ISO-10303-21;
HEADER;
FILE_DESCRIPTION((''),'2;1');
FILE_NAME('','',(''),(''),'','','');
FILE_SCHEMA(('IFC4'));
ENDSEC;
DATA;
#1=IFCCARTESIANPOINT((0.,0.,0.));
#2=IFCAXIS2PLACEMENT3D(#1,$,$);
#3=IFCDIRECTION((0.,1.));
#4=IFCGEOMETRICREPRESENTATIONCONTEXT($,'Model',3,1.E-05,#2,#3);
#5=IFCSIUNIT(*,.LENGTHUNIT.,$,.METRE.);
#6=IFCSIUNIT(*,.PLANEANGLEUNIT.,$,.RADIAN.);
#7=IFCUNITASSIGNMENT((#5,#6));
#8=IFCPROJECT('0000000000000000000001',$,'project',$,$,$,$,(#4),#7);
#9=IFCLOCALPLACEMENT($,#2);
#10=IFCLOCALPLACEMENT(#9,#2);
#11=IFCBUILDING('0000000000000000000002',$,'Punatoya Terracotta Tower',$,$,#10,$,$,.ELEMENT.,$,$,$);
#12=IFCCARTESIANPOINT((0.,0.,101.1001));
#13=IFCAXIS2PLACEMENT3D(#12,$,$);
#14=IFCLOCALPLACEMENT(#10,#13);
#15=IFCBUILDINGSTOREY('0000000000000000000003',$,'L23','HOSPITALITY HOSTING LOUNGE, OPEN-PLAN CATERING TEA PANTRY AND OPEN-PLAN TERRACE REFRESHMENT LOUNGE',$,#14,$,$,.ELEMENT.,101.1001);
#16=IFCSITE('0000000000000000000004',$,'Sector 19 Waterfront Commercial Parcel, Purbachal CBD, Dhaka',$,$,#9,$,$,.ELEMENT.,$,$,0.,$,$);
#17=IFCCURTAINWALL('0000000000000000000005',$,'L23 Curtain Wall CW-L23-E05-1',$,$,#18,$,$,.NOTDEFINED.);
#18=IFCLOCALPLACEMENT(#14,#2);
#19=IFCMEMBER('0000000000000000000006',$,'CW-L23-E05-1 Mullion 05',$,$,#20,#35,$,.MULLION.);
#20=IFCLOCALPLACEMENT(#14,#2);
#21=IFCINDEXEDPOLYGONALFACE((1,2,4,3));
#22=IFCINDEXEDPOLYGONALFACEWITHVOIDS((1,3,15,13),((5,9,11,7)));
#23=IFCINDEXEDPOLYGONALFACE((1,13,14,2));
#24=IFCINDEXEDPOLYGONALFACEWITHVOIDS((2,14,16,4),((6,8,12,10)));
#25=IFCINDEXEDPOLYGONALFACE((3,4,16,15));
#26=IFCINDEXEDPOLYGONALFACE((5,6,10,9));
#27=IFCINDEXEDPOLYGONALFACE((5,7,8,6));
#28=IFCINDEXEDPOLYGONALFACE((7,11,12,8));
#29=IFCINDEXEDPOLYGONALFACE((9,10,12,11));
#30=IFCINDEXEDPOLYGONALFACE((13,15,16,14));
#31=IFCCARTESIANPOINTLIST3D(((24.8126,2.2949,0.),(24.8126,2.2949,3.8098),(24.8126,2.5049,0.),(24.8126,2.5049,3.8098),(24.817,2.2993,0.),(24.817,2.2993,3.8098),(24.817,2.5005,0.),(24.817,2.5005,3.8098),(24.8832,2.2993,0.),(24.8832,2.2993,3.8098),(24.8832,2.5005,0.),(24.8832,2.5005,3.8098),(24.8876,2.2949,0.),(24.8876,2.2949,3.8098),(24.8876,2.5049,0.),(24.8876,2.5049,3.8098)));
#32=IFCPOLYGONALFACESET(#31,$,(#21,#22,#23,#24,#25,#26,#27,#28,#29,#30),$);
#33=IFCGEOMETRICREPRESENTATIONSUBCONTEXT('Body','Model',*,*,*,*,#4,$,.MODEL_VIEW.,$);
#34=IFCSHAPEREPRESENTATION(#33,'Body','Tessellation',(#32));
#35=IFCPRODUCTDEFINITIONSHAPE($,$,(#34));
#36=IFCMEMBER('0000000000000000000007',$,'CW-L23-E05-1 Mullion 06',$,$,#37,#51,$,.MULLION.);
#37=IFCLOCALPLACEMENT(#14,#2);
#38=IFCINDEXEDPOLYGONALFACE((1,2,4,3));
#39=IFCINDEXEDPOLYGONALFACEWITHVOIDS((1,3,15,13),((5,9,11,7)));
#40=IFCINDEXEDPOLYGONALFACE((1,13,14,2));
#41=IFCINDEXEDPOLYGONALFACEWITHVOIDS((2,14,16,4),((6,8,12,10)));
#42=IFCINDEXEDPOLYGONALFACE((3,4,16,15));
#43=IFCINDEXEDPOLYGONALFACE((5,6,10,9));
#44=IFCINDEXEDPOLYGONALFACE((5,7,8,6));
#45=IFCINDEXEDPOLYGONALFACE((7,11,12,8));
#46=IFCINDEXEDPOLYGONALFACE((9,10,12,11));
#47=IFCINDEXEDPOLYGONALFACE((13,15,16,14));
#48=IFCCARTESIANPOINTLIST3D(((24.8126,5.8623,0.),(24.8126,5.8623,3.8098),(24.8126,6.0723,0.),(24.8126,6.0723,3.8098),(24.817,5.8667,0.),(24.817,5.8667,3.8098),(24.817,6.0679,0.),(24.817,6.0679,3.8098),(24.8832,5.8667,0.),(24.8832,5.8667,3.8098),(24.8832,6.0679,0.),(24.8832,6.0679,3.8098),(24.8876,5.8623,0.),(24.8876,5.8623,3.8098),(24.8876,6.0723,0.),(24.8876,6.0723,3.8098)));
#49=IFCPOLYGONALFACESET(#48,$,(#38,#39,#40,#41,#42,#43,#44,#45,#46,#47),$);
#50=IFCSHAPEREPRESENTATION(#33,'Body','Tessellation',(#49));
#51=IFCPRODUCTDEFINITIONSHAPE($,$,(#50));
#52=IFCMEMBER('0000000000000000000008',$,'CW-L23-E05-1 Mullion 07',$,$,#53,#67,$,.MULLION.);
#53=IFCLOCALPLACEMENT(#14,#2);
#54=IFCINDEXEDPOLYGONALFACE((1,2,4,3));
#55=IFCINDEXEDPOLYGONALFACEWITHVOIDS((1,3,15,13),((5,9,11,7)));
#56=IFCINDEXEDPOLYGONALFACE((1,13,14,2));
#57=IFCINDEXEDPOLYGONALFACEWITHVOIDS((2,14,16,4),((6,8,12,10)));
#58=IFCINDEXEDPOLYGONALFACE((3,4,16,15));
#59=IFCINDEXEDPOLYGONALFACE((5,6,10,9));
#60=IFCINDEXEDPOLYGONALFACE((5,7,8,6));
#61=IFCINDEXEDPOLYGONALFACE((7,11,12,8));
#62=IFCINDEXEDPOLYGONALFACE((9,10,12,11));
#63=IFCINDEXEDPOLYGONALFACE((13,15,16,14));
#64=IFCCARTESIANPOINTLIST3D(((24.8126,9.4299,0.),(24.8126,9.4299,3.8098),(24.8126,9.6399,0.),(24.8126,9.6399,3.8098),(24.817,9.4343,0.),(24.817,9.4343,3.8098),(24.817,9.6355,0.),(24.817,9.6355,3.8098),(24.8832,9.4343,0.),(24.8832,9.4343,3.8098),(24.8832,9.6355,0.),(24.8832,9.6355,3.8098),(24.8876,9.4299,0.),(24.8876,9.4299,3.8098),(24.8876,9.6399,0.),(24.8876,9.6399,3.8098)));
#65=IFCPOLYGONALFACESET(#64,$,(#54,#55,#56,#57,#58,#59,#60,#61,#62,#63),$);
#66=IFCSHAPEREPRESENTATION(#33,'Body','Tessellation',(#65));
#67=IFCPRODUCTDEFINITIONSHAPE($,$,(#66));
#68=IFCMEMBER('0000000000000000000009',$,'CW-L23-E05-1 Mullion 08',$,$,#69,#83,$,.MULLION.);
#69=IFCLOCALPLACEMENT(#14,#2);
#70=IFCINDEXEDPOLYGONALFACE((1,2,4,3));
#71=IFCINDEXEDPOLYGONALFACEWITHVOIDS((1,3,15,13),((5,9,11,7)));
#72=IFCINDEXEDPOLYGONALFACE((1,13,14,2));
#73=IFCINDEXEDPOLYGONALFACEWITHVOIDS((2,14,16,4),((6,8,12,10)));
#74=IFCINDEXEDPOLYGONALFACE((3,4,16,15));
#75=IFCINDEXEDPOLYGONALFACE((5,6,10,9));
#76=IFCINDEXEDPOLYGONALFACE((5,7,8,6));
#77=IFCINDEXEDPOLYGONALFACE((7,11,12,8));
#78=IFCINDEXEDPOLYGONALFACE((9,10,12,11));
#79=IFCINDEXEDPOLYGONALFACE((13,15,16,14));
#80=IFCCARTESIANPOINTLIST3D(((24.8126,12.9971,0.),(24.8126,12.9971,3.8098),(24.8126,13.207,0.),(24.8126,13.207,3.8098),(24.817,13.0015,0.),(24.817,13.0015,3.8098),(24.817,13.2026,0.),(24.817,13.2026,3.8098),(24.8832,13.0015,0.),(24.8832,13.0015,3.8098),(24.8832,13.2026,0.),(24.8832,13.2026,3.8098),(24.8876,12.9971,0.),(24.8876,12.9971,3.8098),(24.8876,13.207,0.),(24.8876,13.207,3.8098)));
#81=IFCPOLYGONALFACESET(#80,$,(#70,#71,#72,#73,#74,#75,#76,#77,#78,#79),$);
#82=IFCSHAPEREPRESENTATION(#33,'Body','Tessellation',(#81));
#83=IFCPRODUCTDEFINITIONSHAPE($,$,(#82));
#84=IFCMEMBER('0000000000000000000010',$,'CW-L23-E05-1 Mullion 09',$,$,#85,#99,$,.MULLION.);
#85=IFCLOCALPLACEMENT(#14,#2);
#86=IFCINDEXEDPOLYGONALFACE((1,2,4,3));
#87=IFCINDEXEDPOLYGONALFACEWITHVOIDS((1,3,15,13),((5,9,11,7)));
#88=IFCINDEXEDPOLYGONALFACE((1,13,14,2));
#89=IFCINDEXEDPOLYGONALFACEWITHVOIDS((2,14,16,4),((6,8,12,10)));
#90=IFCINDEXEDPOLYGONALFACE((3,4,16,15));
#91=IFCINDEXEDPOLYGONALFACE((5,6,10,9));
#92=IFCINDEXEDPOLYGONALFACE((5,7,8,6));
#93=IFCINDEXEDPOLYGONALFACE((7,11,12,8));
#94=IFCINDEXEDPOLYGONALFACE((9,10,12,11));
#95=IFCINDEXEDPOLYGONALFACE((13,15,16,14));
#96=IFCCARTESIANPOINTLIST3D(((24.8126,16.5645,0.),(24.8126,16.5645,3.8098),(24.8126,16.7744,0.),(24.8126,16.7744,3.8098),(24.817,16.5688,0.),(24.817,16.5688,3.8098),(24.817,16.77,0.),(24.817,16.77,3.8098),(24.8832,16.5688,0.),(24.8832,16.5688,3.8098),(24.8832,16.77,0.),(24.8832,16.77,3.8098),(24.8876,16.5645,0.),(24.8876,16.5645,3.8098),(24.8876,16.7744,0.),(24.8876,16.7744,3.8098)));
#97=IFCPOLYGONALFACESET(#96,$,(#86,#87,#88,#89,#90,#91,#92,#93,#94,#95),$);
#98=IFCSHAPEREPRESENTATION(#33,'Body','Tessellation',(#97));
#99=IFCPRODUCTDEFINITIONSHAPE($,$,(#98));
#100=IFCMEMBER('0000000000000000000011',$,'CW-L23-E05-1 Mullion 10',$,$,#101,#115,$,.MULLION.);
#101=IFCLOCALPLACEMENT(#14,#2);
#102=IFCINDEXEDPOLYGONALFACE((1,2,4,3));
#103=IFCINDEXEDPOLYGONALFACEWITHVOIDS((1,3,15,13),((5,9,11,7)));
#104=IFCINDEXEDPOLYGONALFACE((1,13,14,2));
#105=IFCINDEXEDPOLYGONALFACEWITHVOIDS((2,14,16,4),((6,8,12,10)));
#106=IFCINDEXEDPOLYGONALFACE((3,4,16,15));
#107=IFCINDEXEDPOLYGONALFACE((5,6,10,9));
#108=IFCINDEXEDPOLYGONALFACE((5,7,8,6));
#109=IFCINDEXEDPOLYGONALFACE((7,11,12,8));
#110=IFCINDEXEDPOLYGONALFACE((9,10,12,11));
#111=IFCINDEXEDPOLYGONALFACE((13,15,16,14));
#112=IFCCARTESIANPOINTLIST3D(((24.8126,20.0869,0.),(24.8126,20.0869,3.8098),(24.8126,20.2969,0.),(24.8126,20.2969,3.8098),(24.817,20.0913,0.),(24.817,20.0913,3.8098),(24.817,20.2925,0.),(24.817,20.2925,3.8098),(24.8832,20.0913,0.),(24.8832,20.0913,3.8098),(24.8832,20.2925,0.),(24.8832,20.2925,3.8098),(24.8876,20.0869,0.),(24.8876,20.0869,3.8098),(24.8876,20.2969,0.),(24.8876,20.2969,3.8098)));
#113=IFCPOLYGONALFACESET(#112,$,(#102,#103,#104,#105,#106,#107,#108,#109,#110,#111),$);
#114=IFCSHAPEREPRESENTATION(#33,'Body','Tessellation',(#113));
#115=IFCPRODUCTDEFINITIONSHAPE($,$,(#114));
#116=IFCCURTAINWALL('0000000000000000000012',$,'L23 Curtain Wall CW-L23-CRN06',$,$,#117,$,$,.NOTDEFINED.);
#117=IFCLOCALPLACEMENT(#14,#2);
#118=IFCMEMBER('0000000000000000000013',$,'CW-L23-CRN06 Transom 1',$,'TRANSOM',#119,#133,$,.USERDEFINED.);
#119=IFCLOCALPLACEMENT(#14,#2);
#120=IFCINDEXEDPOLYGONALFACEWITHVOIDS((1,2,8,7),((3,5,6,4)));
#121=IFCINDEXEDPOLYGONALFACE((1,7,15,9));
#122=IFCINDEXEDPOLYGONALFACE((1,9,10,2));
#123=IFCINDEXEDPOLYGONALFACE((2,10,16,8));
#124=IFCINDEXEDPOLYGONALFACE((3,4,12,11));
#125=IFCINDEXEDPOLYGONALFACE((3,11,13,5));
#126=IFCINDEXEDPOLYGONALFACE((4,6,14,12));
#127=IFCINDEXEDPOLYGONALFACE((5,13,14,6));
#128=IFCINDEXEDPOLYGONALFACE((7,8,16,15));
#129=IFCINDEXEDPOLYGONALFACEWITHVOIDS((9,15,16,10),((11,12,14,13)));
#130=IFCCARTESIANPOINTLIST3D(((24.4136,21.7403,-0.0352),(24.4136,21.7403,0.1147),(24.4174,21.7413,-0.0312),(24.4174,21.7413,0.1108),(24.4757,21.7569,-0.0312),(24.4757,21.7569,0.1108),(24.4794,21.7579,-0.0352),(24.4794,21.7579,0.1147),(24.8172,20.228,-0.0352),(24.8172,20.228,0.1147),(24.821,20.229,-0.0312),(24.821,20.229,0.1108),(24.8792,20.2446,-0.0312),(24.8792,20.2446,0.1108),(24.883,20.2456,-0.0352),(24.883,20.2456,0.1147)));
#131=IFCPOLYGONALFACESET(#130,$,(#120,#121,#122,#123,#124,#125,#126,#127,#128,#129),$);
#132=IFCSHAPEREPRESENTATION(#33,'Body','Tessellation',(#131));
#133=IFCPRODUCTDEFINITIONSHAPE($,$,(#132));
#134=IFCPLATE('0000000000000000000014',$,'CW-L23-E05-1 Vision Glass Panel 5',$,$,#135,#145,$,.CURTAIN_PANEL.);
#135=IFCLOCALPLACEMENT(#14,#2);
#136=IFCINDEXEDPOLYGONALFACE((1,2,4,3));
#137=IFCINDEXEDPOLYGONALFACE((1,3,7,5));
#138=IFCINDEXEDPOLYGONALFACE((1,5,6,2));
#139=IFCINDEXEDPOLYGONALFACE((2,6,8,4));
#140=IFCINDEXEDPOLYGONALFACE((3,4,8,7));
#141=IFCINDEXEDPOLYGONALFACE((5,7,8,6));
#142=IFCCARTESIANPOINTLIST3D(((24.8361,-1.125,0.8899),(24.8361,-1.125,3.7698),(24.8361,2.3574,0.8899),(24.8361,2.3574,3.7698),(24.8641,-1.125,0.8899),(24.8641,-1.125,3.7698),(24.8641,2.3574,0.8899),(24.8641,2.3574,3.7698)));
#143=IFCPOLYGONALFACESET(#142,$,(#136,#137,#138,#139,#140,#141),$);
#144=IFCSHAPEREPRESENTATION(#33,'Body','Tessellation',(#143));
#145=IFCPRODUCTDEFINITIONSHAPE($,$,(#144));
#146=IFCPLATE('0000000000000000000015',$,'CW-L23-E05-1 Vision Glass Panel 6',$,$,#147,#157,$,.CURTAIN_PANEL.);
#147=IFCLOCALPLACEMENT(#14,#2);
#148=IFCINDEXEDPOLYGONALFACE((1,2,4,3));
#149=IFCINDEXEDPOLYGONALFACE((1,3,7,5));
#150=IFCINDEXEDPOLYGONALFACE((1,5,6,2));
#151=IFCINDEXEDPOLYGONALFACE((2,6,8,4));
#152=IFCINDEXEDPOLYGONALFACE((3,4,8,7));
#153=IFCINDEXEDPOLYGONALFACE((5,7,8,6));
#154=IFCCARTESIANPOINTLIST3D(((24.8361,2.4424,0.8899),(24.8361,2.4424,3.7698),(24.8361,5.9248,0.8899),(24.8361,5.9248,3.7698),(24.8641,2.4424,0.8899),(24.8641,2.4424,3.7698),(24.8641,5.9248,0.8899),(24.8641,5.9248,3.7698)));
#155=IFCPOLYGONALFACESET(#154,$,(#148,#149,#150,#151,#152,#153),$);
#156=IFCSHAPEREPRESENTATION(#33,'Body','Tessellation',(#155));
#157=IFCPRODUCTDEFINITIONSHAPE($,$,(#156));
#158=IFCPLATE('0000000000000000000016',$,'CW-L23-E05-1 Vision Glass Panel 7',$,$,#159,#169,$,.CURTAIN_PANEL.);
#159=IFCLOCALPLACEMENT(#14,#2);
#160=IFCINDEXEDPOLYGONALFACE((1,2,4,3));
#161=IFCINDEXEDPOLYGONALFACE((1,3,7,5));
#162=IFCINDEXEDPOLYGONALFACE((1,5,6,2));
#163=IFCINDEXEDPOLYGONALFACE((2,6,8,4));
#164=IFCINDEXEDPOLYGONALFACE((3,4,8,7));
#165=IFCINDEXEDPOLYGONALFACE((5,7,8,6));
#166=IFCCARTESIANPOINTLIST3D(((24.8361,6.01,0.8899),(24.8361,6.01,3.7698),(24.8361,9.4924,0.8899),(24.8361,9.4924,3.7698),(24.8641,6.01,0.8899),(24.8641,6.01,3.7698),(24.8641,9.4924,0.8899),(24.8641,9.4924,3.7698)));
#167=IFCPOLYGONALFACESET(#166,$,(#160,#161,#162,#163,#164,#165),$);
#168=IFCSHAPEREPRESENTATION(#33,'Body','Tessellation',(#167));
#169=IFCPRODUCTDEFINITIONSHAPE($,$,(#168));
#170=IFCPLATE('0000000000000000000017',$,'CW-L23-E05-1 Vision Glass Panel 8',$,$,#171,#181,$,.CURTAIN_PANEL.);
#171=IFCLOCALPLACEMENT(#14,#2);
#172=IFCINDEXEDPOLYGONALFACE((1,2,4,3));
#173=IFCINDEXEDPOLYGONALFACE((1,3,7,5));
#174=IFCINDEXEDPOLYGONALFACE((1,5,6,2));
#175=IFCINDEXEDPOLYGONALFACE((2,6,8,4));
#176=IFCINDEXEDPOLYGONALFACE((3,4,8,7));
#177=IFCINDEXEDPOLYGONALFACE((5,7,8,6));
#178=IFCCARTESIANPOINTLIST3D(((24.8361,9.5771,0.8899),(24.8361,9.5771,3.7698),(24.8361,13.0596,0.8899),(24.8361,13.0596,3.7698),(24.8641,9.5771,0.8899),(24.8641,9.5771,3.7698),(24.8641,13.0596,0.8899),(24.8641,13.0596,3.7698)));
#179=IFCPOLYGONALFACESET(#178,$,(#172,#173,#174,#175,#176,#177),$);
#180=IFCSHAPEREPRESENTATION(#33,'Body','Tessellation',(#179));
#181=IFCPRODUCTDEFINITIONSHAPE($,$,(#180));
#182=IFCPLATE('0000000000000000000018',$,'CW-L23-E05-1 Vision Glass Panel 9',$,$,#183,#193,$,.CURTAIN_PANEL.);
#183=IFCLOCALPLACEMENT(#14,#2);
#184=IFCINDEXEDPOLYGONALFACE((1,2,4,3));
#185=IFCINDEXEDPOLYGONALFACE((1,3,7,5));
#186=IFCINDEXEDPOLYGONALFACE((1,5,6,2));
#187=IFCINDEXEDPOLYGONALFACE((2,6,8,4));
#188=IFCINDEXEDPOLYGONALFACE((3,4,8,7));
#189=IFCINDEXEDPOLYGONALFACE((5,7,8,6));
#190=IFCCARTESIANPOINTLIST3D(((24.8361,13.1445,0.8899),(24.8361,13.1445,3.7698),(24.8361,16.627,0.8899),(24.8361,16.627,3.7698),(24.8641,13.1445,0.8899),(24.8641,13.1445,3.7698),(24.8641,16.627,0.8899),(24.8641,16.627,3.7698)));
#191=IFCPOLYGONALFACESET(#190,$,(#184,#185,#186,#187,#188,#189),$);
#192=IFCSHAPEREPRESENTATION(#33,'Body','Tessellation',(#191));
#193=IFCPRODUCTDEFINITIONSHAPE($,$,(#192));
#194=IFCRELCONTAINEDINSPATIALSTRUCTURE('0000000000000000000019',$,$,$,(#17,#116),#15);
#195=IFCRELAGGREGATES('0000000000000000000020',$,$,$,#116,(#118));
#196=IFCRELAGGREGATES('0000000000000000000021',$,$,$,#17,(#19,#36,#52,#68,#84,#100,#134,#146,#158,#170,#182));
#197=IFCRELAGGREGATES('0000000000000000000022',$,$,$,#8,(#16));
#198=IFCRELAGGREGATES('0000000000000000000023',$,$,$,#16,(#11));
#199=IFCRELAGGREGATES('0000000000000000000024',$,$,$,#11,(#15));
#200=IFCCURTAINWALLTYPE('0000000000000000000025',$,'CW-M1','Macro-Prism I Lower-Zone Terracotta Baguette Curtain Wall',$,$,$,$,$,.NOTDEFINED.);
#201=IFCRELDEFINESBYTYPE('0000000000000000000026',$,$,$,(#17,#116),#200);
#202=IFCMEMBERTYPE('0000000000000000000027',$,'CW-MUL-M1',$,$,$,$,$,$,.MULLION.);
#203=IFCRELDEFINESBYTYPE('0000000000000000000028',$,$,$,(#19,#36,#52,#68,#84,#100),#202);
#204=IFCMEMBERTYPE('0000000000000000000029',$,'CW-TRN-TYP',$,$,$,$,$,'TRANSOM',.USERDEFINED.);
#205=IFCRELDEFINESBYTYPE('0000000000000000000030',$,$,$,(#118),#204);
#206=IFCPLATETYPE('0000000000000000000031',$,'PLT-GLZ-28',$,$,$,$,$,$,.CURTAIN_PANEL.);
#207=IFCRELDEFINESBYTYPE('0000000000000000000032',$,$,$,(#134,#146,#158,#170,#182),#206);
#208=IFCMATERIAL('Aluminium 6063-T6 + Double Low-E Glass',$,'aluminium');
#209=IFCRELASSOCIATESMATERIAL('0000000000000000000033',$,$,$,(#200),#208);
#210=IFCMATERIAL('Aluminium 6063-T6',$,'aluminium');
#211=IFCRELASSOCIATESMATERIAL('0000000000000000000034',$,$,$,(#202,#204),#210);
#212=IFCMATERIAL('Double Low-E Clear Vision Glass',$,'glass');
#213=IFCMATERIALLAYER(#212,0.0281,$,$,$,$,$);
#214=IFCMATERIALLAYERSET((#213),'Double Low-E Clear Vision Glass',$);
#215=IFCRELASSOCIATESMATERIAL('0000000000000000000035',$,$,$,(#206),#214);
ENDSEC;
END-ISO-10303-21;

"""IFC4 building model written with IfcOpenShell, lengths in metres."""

from ifc_helpers import new_model, si_unit, direction, frame, origin, origin_2d, place, context, subcontext, project, spatial, rectangle, hollow_rectangle, extrude, material, layer, layer_set, material_profile, profile_set, type_object, element, aggregate, save


model = new_model("IFC4")

# Units and contexts
model_context = context("Model", 3, precision=1e-05, world=origin(), true_north=direction((0.0, 1.0)))
body_context = subcontext(model_context, "Body", "Model", "MODEL_VIEW")
ifc_project = project(units=[si_unit("LENGTHUNIT", "METRE"), si_unit("PLANEANGLEUNIT", "RADIAN")], contexts=[model_context])

# Site, building, storey
site_placement = place(None, origin())
site = spatial("IfcSite", under=ifc_project, at=site_placement, Name="Sector 19 Waterfront Commercial Parcel, Purbachal CBD, Dhaka", CompositionType="ELEMENT", RefElevation=0.0)
building_placement = place(site_placement, origin())
building = spatial("IfcBuilding", under=site, at=building_placement, Name="Punatoya Terracotta Tower", CompositionType="ELEMENT")
storey_placement = place(building_placement, frame((0.0, 0.0, 101.1001)))
storey = spatial("IfcBuildingStorey", under=building, at=storey_placement, Name="L23", Description="HOSPITALITY HOSTING LOUNGE, OPEN-PLAN CATERING TEA PANTRY AND OPEN-PLAN TERRACE REFRESHMENT LOUNGE", CompositionType="ELEMENT", Elevation=101.1001)

# Curtain wall, members
ifc_material_1 = material(Name="Aluminium 6063-T6 + Double Low-E Glass", Category="aluminium")
curtain_wall_type = type_object("IfcCurtainWallType", Name="CW-M1", Description="Macro-Prism I Lower-Zone Terracotta Baguette Curtain Wall", PredefinedType="NOTDEFINED", material=ifc_material_1)
curtain_wall_1_placement = place(storey_placement, origin())
curtain_wall_1 = element("IfcCurtainWall", 1, at=curtain_wall_1_placement, inside=storey, type_object=curtain_wall_type, Name="L23 Curtain Wall CW-L23-E05-1", PredefinedType="NOTDEFINED")
ifc_material_2 = material(Name="Aluminium 6063-T6", Category="aluminium")
ifc_material_profile_1 = material_profile(ifc_material_2, hollow_rectangle(XDim=0.075, YDim=0.21, WallThickness=0.0044, at=origin_2d()))
ifc_profile_set_1 = profile_set([ifc_material_profile_1], Name="Aluminium 6063-T6")
member_type_1 = type_object("IfcMemberType", Name="CW-MUL-M1", PredefinedType="MULLION", material=ifc_profile_set_1)
member_1_placement = place(storey_placement, frame((24.8501, 2.3999, 0.0), z_axis=(0.0, 0.0, 1.0), x_axis=(1.0, 0.0, 0.0)))
member_1 = element("IfcMember", 2, at=member_1_placement, type_object=member_type_1, Name="CW-L23-E05-1 Mullion 05", PredefinedType="MULLION", context=body_context, shape_type="SweptSolid", body=[
    extrude(hollow_rectangle(XDim=0.075, YDim=0.21, WallThickness=0.0044, at=origin_2d()), origin(), (0.0, 0.0, 1.0), 3.8098),
])
member_2_placement = place(storey_placement, frame((24.8501, 5.9673, 0.0), z_axis=(0.0, 0.0, 1.0), x_axis=(1.0, 0.0, 0.0)))
member_2 = element("IfcMember", 3, at=member_2_placement, type_object=member_type_1, Name="CW-L23-E05-1 Mullion 06", PredefinedType="MULLION", context=body_context, shape_type="SweptSolid", body=[
    extrude(hollow_rectangle(XDim=0.075, YDim=0.21, WallThickness=0.0044, at=origin_2d()), origin(), (0.0, 0.0, 1.0), 3.8098),
])
member_3_placement = place(storey_placement, frame((24.8501, 9.5349, 0.0), z_axis=(0.0, 0.0, 1.0), x_axis=(1.0, 0.0, 0.0)))
member_3 = element("IfcMember", 4, at=member_3_placement, type_object=member_type_1, Name="CW-L23-E05-1 Mullion 07", PredefinedType="MULLION", context=body_context, shape_type="SweptSolid", body=[
    extrude(hollow_rectangle(XDim=0.075, YDim=0.21, WallThickness=0.0044, at=origin_2d()), origin(), (0.0, 0.0, 1.0), 3.8098),
])
member_4_placement = place(storey_placement, frame((24.8501, 13.1021, 0.0), z_axis=(0.0, 0.0, 1.0), x_axis=(1.0, 0.0, 0.0)))
member_4 = element("IfcMember", 5, at=member_4_placement, type_object=member_type_1, Name="CW-L23-E05-1 Mullion 08", PredefinedType="MULLION", context=body_context, shape_type="SweptSolid", body=[
    extrude(hollow_rectangle(XDim=0.075, YDim=0.21, WallThickness=0.0044, at=origin_2d()), origin(), (0.0, 0.0, 1.0), 3.8098),
])
member_5_placement = place(storey_placement, frame((24.8501, 16.6694, 0.0), z_axis=(0.0, 0.0, 1.0), x_axis=(1.0, 0.0, 0.0)))
member_5 = element("IfcMember", 6, at=member_5_placement, type_object=member_type_1, Name="CW-L23-E05-1 Mullion 09", PredefinedType="MULLION", context=body_context, shape_type="SweptSolid", body=[
    extrude(hollow_rectangle(XDim=0.075, YDim=0.21, WallThickness=0.0044, at=origin_2d()), origin(), (0.0, 0.0, 1.0), 3.8098),
])
member_6_placement = place(storey_placement, frame((24.8501, 20.1919, 0.0), z_axis=(0.0, 0.0, 1.0), x_axis=(1.0, 0.0, 0.0)))
member_6 = element("IfcMember", 7, at=member_6_placement, type_object=member_type_1, Name="CW-L23-E05-1 Mullion 10", PredefinedType="MULLION", context=body_context, shape_type="SweptSolid", body=[
    extrude(hollow_rectangle(XDim=0.075, YDim=0.21, WallThickness=0.0044, at=origin_2d()), origin(), (0.0, 0.0, 1.0), 3.8098),
])

# Curtain wall, member
curtain_wall_2_placement = place(storey_placement, origin())
curtain_wall_2 = element("IfcCurtainWall", 8, at=curtain_wall_2_placement, inside=storey, type_object=curtain_wall_type, Name="L23 Curtain Wall CW-L23-CRN06", PredefinedType="NOTDEFINED")
ifc_material_profile_2 = material_profile(ifc_material_2, hollow_rectangle(XDim=0.0681, YDim=0.1499, WallThickness=0.0039, at=origin_2d()))
ifc_profile_set_2 = profile_set([ifc_material_profile_2], Name="Aluminium 6063-T6")
member_type_2 = type_object("IfcMemberType", Name="CW-TRN-TYP", ElementType="TRANSOM", PredefinedType="USERDEFINED", material=ifc_profile_set_2)
member_7_placement = place(storey_placement, frame((24.8501, 20.2368, 0.0398), z_axis=(-0.257847, 0.966186, 0.0), x_axis=(-0.966186, -0.257847, 0.0)))
member_7 = element("IfcMember", 9, at=member_7_placement, type_object=member_type_2, Name="CW-L23-CRN06 Transom 1", ObjectType="TRANSOM", PredefinedType="USERDEFINED", context=body_context, shape_type="SweptSolid", body=[
    extrude(hollow_rectangle(XDim=0.0681, YDim=0.1499, WallThickness=0.0039, at=origin_2d()), origin(), (0.0, 0.0, 1.0), 1.5652),
])
aggregate(curtain_wall_2, [member_7])

# Plates
ifc_material_3 = material(Name="Double Low-E Clear Vision Glass", Category="glass")
ifc_layer_1 = layer(ifc_material_3, 0.0281)
ifc_layer_set_1 = layer_set([ifc_layer_1], Name="Double Low-E Clear Vision Glass")
plate_type_1 = type_object("IfcPlateType", Name="PLT-GLZ-28", PredefinedType="CURTAIN_PANEL", material=ifc_layer_set_1)
plate_1_placement = place(storey_placement, frame((24.8501, 0.6162, 0.8899), z_axis=(0.0, 0.0, 1.0), x_axis=(0.0, 1.0, 0.0)))
plate_1 = element("IfcPlate", 10, at=plate_1_placement, type_object=plate_type_1, Name="CW-L23-E05-1 Vision Glass Panel 5", PredefinedType="CURTAIN_PANEL", context=body_context, shape_type="SweptSolid", body=[
    extrude(rectangle(XDim=3.4824, YDim=0.0281, at=origin_2d()), origin(), (0.0, 0.0, 1.0), 2.8799),
])
plate_2_placement = place(storey_placement, frame((24.8501, 4.1836, 0.8899), z_axis=(0.0, 0.0, 1.0), x_axis=(0.0, 1.0, 0.0)))
plate_2 = element("IfcPlate", 11, at=plate_2_placement, type_object=plate_type_1, Name="CW-L23-E05-1 Vision Glass Panel 6", PredefinedType="CURTAIN_PANEL", context=body_context, shape_type="SweptSolid", body=[
    extrude(rectangle(XDim=3.4824, YDim=0.0281, at=origin_2d()), origin(), (0.0, 0.0, 1.0), 2.8799),
])
plate_3_placement = place(storey_placement, frame((24.8501, 7.7512, 0.8899), z_axis=(0.0, 0.0, 1.0), x_axis=(0.0, 1.0, 0.0)))
plate_3 = element("IfcPlate", 12, at=plate_3_placement, type_object=plate_type_1, Name="CW-L23-E05-1 Vision Glass Panel 7", PredefinedType="CURTAIN_PANEL", context=body_context, shape_type="SweptSolid", body=[
    extrude(rectangle(XDim=3.4824, YDim=0.0281, at=origin_2d()), origin(), (0.0, 0.0, 1.0), 2.8799),
])
plate_4_placement = place(storey_placement, frame((24.8501, 11.3184, 0.8899), z_axis=(0.0, 0.0, 1.0), x_axis=(0.0, 1.0, 0.0)))
plate_4 = element("IfcPlate", 13, at=plate_4_placement, type_object=plate_type_1, Name="CW-L23-E05-1 Vision Glass Panel 8", PredefinedType="CURTAIN_PANEL", context=body_context, shape_type="SweptSolid", body=[
    extrude(rectangle(XDim=3.4824, YDim=0.0281, at=origin_2d()), origin(), (0.0, 0.0, 1.0), 2.8799),
])
plate_5_placement = place(storey_placement, frame((24.8501, 14.8857, 0.8899), z_axis=(0.0, 0.0, 1.0), x_axis=(0.0, 1.0, 0.0)))
plate_5 = element("IfcPlate", 14, at=plate_5_placement, type_object=plate_type_1, Name="CW-L23-E05-1 Vision Glass Panel 9", PredefinedType="CURTAIN_PANEL", context=body_context, shape_type="SweptSolid", body=[
    extrude(rectangle(XDim=3.4824, YDim=0.0281, at=origin_2d()), origin(), (0.0, 0.0, 1.0), 2.8799),
])
aggregate(curtain_wall_1, [member_1, member_2, member_3, member_4, member_5, member_6, plate_1, plate_2, plate_3, plate_4, plate_5])

save(model, "model.ifc")
